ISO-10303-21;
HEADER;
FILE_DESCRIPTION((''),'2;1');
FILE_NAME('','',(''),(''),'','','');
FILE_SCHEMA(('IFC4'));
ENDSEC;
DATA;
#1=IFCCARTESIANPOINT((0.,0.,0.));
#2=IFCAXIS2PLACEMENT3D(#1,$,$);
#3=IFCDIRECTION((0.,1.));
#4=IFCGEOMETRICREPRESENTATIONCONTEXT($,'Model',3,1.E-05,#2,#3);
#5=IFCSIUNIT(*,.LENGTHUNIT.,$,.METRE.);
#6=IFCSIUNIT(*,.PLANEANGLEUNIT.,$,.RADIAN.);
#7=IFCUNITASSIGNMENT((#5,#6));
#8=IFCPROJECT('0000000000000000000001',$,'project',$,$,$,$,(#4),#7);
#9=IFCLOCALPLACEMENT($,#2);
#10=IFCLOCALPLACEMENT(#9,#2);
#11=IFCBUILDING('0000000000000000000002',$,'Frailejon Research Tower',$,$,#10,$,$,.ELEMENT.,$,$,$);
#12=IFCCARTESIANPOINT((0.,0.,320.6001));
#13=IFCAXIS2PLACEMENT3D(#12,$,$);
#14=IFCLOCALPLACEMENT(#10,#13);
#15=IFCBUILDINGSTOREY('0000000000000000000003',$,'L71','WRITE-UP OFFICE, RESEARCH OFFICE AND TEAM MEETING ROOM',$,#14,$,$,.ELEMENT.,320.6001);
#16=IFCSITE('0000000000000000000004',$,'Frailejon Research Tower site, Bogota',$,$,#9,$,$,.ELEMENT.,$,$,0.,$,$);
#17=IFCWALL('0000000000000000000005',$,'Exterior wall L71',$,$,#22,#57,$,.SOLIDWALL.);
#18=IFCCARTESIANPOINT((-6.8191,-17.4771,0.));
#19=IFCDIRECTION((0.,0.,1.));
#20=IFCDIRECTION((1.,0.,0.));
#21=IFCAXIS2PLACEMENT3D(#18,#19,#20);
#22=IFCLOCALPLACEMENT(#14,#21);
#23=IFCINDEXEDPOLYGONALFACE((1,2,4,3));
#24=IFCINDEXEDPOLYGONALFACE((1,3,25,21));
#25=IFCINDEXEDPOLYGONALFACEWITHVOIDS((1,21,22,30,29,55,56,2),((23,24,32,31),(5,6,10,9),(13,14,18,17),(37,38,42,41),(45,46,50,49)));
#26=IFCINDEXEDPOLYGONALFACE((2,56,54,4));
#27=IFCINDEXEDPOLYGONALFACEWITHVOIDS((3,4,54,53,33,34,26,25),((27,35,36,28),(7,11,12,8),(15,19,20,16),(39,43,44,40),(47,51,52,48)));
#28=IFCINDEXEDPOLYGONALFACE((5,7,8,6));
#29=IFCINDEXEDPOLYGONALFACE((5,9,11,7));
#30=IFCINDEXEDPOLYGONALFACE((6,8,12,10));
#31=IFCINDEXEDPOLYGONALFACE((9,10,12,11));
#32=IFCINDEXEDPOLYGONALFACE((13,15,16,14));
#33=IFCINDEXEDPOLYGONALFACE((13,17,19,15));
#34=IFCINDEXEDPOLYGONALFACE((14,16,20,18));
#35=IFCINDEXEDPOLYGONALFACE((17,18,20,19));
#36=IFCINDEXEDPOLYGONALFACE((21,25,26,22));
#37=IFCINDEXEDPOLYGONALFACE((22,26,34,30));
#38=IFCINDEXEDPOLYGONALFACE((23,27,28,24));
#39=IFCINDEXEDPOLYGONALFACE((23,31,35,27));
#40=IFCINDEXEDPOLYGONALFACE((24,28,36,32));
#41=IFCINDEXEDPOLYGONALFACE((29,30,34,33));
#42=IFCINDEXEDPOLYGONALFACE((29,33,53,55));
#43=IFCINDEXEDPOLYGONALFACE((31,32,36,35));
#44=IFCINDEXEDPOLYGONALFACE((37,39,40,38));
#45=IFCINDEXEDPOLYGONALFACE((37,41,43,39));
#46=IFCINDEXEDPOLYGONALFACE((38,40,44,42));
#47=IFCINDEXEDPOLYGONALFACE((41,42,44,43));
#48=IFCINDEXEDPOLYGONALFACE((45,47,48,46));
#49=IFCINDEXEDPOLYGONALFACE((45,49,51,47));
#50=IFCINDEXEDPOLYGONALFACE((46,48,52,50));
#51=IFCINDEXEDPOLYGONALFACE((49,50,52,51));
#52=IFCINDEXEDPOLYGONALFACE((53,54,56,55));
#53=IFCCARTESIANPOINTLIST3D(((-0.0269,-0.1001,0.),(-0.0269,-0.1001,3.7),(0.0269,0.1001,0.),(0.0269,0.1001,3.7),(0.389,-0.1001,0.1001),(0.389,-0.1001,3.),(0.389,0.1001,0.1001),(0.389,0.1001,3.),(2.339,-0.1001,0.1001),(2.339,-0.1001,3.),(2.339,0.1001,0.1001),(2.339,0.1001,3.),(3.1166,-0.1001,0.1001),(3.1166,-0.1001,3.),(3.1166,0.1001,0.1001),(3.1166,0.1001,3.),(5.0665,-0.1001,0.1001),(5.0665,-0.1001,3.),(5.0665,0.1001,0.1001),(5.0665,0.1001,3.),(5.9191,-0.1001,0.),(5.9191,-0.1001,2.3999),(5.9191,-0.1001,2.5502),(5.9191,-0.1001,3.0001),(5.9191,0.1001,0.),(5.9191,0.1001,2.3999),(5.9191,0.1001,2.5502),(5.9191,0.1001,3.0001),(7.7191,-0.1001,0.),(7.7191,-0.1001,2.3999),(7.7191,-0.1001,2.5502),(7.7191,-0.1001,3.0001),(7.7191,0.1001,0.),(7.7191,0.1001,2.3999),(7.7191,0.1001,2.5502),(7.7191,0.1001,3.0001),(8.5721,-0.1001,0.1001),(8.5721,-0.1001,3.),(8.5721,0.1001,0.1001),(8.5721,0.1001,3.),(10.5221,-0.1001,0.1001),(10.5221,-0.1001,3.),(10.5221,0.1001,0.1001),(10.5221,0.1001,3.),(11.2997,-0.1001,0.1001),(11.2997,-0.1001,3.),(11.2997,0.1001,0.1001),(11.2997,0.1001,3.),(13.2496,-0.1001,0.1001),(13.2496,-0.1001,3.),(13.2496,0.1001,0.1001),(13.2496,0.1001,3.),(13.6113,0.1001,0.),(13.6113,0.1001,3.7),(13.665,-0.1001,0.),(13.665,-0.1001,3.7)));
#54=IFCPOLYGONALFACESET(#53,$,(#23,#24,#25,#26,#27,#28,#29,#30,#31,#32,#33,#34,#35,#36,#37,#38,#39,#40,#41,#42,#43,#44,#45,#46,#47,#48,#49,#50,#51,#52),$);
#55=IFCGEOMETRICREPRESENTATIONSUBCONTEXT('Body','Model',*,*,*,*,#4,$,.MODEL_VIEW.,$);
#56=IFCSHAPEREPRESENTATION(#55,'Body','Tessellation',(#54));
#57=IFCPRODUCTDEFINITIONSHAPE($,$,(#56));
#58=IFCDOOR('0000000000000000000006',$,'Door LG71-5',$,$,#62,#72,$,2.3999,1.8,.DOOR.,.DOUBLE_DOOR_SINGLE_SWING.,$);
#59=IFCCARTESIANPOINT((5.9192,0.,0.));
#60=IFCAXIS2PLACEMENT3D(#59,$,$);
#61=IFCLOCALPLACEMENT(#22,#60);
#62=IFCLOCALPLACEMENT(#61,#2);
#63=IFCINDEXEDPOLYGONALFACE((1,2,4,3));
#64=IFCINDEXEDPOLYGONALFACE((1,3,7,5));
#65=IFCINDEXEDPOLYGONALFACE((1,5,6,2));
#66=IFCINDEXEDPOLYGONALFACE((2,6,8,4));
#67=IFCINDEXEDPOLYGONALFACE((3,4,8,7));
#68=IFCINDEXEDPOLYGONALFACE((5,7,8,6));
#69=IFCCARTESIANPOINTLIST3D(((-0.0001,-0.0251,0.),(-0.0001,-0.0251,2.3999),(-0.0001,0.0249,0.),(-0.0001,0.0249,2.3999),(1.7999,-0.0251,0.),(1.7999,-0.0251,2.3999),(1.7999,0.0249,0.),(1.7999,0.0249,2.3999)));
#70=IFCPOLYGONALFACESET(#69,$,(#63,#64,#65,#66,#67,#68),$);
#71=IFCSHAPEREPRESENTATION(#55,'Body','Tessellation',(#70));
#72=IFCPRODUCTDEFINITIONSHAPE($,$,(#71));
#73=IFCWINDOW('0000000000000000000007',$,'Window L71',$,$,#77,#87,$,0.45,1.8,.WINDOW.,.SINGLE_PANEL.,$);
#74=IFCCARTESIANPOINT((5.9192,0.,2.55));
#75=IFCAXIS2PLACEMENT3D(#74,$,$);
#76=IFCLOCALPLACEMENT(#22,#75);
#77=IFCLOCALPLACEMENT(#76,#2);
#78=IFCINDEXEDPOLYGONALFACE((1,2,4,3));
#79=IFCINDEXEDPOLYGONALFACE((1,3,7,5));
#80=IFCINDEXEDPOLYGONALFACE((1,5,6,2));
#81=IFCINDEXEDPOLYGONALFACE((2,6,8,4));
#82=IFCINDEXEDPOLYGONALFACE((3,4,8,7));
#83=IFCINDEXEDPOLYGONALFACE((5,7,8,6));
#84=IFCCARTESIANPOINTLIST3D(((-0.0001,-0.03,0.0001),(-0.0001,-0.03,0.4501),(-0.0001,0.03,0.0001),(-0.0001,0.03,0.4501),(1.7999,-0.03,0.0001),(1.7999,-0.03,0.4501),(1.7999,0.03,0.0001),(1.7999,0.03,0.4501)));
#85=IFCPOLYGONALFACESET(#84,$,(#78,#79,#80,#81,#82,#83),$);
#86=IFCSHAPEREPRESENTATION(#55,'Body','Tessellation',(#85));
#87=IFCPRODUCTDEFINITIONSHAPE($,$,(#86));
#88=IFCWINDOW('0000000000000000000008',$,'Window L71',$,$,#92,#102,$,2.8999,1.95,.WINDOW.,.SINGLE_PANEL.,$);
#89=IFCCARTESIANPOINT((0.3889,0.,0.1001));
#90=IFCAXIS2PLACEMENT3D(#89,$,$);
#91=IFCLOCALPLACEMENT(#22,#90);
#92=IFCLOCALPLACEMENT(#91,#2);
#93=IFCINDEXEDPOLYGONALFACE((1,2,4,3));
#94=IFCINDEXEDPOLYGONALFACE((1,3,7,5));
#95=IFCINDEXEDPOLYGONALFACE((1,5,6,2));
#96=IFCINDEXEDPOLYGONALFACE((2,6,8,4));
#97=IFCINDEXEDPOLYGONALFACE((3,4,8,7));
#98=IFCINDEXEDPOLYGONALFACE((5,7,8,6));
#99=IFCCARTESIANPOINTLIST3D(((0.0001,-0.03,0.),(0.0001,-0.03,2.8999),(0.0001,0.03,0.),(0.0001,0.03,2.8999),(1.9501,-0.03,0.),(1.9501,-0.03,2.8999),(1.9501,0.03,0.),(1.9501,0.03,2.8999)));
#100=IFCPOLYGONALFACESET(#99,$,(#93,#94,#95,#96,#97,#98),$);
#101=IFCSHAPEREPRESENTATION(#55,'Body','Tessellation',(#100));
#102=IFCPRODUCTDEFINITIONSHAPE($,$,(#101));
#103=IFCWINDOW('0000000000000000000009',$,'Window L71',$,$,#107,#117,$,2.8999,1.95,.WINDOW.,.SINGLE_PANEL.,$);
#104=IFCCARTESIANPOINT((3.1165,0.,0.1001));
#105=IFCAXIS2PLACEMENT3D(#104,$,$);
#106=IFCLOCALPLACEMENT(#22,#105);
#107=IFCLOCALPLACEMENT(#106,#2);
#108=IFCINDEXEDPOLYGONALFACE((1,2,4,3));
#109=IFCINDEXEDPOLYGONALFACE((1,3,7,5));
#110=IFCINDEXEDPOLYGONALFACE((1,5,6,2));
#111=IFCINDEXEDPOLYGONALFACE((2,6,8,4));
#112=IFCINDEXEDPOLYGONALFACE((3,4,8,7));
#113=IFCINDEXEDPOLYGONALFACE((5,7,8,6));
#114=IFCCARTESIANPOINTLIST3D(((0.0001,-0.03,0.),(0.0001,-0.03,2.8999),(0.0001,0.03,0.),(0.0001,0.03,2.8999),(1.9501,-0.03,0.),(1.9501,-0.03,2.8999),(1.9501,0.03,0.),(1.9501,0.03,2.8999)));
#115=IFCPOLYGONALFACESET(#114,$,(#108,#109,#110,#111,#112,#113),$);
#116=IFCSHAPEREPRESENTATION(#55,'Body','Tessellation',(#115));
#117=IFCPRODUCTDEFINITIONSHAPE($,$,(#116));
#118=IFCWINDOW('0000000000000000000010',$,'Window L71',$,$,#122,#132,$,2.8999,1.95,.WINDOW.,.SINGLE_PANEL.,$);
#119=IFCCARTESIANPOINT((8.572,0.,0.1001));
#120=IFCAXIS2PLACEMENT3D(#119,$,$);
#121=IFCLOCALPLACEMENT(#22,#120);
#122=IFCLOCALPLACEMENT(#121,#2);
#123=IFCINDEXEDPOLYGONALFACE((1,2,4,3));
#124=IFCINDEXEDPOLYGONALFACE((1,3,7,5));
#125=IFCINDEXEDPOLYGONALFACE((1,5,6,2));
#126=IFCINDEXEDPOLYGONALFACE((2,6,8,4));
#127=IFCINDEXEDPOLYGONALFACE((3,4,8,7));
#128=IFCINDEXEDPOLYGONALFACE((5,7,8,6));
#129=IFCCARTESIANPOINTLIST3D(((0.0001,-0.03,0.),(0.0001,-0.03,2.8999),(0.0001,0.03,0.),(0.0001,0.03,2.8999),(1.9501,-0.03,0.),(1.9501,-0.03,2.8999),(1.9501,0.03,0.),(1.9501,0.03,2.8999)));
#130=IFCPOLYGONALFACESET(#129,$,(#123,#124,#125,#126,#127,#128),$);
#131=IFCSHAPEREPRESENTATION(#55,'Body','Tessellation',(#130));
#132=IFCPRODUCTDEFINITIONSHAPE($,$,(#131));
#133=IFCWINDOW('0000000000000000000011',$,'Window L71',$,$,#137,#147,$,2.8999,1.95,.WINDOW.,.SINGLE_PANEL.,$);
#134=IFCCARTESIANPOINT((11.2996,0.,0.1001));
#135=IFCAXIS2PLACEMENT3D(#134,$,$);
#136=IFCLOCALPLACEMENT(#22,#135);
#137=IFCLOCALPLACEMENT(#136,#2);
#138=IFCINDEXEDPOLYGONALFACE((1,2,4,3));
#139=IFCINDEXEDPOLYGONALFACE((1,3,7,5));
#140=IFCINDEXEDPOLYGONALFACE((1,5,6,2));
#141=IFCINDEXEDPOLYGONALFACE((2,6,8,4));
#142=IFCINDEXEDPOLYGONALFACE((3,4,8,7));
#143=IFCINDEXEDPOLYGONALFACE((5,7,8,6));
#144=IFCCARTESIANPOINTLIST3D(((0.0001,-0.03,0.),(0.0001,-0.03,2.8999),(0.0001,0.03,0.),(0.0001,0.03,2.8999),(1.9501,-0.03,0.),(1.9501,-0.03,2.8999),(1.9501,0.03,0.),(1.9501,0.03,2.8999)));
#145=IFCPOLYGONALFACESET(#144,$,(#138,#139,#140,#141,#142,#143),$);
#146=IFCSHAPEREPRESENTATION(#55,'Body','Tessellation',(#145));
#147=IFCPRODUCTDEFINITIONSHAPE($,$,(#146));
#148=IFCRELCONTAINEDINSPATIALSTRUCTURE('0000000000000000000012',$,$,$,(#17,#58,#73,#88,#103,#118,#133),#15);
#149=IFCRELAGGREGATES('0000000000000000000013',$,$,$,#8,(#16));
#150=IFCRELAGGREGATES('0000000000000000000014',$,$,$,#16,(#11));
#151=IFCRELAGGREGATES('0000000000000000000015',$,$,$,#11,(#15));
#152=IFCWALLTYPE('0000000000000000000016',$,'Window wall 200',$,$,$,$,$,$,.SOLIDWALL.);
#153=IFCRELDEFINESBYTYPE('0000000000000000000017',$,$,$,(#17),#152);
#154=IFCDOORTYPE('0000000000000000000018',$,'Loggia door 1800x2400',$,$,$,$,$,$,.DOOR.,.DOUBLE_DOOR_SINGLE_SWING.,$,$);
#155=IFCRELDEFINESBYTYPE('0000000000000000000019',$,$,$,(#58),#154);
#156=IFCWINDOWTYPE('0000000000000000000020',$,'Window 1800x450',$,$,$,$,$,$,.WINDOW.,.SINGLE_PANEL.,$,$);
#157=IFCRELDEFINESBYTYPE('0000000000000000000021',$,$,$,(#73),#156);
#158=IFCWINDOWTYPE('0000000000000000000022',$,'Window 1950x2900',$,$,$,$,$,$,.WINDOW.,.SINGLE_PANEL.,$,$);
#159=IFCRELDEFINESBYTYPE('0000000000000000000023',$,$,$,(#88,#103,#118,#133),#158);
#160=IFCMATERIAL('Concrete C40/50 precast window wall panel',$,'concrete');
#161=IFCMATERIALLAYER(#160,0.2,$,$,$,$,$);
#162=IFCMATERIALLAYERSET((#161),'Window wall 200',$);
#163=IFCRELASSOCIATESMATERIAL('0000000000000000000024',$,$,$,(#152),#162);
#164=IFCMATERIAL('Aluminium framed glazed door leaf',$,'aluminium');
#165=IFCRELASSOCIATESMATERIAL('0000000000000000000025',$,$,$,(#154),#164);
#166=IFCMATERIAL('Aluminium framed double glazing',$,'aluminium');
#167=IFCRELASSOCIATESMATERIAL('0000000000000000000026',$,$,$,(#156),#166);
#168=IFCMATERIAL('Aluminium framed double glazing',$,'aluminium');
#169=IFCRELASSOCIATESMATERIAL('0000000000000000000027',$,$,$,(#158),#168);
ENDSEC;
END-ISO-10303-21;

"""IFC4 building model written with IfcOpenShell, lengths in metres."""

from ifc_helpers import new_model, si_unit, direction, frame, frame_2d, origin, place, context, subcontext, project, spatial, polyline, rectangle, outline, extrude, material, layer, layer_set, type_object, element, fill, save


model = new_model("IFC4")

# Units and contexts
model_context = context("Model", 3, precision=1e-05, world=origin(), true_north=direction((0.0, 1.0)))
body_context = subcontext(model_context, "Body", "Model", "MODEL_VIEW")
ifc_project = project(units=[si_unit("LENGTHUNIT", "METRE"), si_unit("PLANEANGLEUNIT", "RADIAN")], contexts=[model_context])

# Site, building, storey
site_placement = place(None, origin())
site = spatial("IfcSite", under=ifc_project, at=site_placement, Name="Frailejon Research Tower site, Bogota", CompositionType="ELEMENT", RefElevation=0.0)
building_placement = place(site_placement, origin())
building = spatial("IfcBuilding", under=site, at=building_placement, Name="Frailejon Research Tower", CompositionType="ELEMENT")
storey_placement = place(building_placement, frame((0.0, 0.0, 320.6001)))
storey = spatial("IfcBuildingStorey", under=building, at=storey_placement, Name="L71", Description="WRITE-UP OFFICE, RESEARCH OFFICE AND TEAM MEETING ROOM", CompositionType="ELEMENT", Elevation=320.6001)

# Wall, openings, door, windows
ifc_material_1 = material(Name="Concrete C40/50 precast window wall panel", Category="concrete")
ifc_layer_1 = layer(ifc_material_1, 0.2)
ifc_layer_set_1 = layer_set([ifc_layer_1], Name="Window wall 200")
wall_type_1 = type_object("IfcWallType", Name="Window wall 200", PredefinedType="SOLIDWALL", material=ifc_layer_set_1)
wall_1_placement = place(storey_placement, frame((-6.8191, -17.4771, 0.0), z_axis=(0.0, 0.0, 1.0), x_axis=(1.0, 0.0, 0.0)))
wall_1 = element("IfcWall", 1, at=wall_1_placement, inside=storey, type_object=wall_type_1, Name="Exterior wall L71", PredefinedType="SOLIDWALL", context=body_context, shape_type="SweptSolid", body=[
    extrude(outline(polyline([(-0.0269, -0.1001), (1.0264, -0.1001), (2.0796, -0.1001), (3.1328, -0.1001), (4.186, -0.1001), (5.2393, -0.1001), (6.2925, -0.1001), (7.3457, -0.1001), (8.3989, -0.1001), (9.4521, -0.1001), (10.5054, -0.1001), (11.5586, -0.1001), (12.6118, -0.1001), (13.665, -0.1001), (13.6113, 0.1001), (12.5664, 0.1001), (11.5215, 0.1001), (10.4766, 0.1001), (9.4314, 0.1001), (8.3865, 0.1001), (7.3416, 0.1001), (6.2966, 0.1001), (5.2517, 0.1001), (4.2068, 0.1001), (3.1616, 0.1001), (2.1167, 0.1001), (1.0718, 0.1001), (0.0269, 0.1001), (-0.0269, -0.1001)])), origin(), (0.0, 0.0, 1.0), 3.7),
])
opening_1_placement = place(wall_1_placement, frame((0.3889, 0.0, 0.1001)))
opening_1 = element("IfcOpeningElement", 2, at=opening_1_placement, cuts=wall_1, PredefinedType="OPENING", context=body_context, shape_type="SweptSolid", body=[
    extrude(rectangle(XDim=1.95, YDim=2.8999, at=frame_2d((0.9751, 1.45))), frame((0.0, 0.1099, 0.0), z_axis=(0.0, -1.0, 0.0), x_axis=(1.0, 0.0, 0.0)), (0.0, 0.0, 1.0), 0.22),
])
opening_2_placement = place(wall_1_placement, frame((3.1165, 0.0, 0.1001)))
opening_2 = element("IfcOpeningElement", 3, at=opening_2_placement, cuts=wall_1, PredefinedType="OPENING", context=body_context, shape_type="SweptSolid", body=[
    extrude(rectangle(XDim=1.95, YDim=2.8999, at=frame_2d((0.9751, 1.45))), frame((0.0, 0.1099, 0.0), z_axis=(0.0, -1.0, 0.0), x_axis=(1.0, 0.0, 0.0)), (0.0, 0.0, 1.0), 0.22),
])
opening_3_placement = place(wall_1_placement, frame((5.9192, 0.0, 0.0)))
opening_3 = element("IfcOpeningElement", 4, at=opening_3_placement, cuts=wall_1, PredefinedType="OPENING", context=body_context, shape_type="SweptSolid", body=[
    extrude(rectangle(XDim=1.8, YDim=2.3999, at=frame_2d((0.8999, 1.2))), frame((0.0, 0.1099, 0.0), z_axis=(0.0, -1.0, 0.0), x_axis=(1.0, 0.0, 0.0)), (0.0, 0.0, 1.0), 0.22),
])
opening_4_placement = place(wall_1_placement, frame((5.9192, 0.0, 2.55)))
opening_4 = element("IfcOpeningElement", 5, at=opening_4_placement, cuts=wall_1, PredefinedType="OPENING", context=body_context, shape_type="SweptSolid", body=[
    extrude(rectangle(XDim=1.8, YDim=0.45, at=frame_2d((0.8999, 0.2251))), frame((0.0, 0.1099, 0.0), z_axis=(0.0, -1.0, 0.0), x_axis=(1.0, 0.0, 0.0)), (0.0, 0.0, 1.0), 0.22),
])
opening_5_placement = place(wall_1_placement, frame((8.572, 0.0, 0.1001)))
opening_5 = element("IfcOpeningElement", 6, at=opening_5_placement, cuts=wall_1, PredefinedType="OPENING", context=body_context, shape_type="SweptSolid", body=[
    extrude(rectangle(XDim=1.95, YDim=2.8999, at=frame_2d((0.9751, 1.45))), frame((0.0, 0.1099, 0.0), z_axis=(0.0, -1.0, 0.0), x_axis=(1.0, 0.0, 0.0)), (0.0, 0.0, 1.0), 0.22),
])
opening_6_placement = place(wall_1_placement, frame((11.2996, 0.0, 0.1001)))
opening_6 = element("IfcOpeningElement", 7, at=opening_6_placement, cuts=wall_1, PredefinedType="OPENING", context=body_context, shape_type="SweptSolid", body=[
    extrude(rectangle(XDim=1.95, YDim=2.8999, at=frame_2d((0.9751, 1.45))), frame((0.0, 0.1099, 0.0), z_axis=(0.0, -1.0, 0.0), x_axis=(1.0, 0.0, 0.0)), (0.0, 0.0, 1.0), 0.22),
])
ifc_material_2 = material(Name="Aluminium framed glazed door leaf", Category="aluminium")
door_type = type_object("IfcDoorType", Name="Loggia door 1800x2400", OperationType="DOUBLE_DOOR_SINGLE_SWING", PredefinedType="DOOR", material=ifc_material_2)
door_placement = place(opening_3_placement, origin())
door = element("IfcDoor", 8, at=door_placement, inside=storey, type_object=door_type, Name="Door LG71-5", OperationType="DOUBLE_DOOR_SINGLE_SWING", OverallHeight=2.3999, OverallWidth=1.8, PredefinedType="DOOR", context=body_context, shape_type="SweptSolid", body=[
    extrude(rectangle(XDim=1.8, YDim=2.3999, at=frame_2d((0.8999, 1.2))), frame((0.0, 0.0249, 0.0), z_axis=(0.0, -1.0, 0.0), x_axis=(1.0, 0.0, 0.0)), (0.0, 0.0, 1.0), 0.05),
])
fill(opening_3, door)
ifc_material_3 = material(Name="Aluminium framed double glazing", Category="aluminium")
window_type_1 = type_object("IfcWindowType", Name="Window 1800x450", PartitioningType="SINGLE_PANEL", PredefinedType="WINDOW", material=ifc_material_3)
window_1_placement = place(opening_4_placement, origin())
window_1 = element("IfcWindow", 9, at=window_1_placement, inside=storey, type_object=window_type_1, Name="Window L71", OverallHeight=0.45, OverallWidth=1.8, PartitioningType="SINGLE_PANEL", PredefinedType="WINDOW", context=body_context, shape_type="SweptSolid", body=[
    extrude(rectangle(XDim=1.8, YDim=0.45, at=frame_2d((0.8999, 0.2251))), frame((0.0, 0.03, 0.0), z_axis=(0.0, -1.0, 0.0), x_axis=(1.0, 0.0, 0.0)), (0.0, 0.0, 1.0), 0.0601),
])
fill(opening_4, window_1)
ifc_material_4 = material(Name="Aluminium framed double glazing", Category="aluminium")
window_type_2 = type_object("IfcWindowType", Name="Window 1950x2900", PartitioningType="SINGLE_PANEL", PredefinedType="WINDOW", material=ifc_material_4)
window_2_placement = place(opening_1_placement, origin())
window_2 = element("IfcWindow", 10, at=window_2_placement, inside=storey, type_object=window_type_2, Name="Window L71", OverallHeight=2.8999, OverallWidth=1.95, PartitioningType="SINGLE_PANEL", PredefinedType="WINDOW", context=body_context, shape_type="SweptSolid", body=[
    extrude(rectangle(XDim=1.95, YDim=2.8999, at=frame_2d((0.9751, 1.45))), frame((0.0, 0.03, 0.0), z_axis=(0.0, -1.0, 0.0), x_axis=(1.0, 0.0, 0.0)), (0.0, 0.0, 1.0), 0.0601),
])
fill(opening_1, window_2)
window_3_placement = place(opening_2_placement, origin())
window_3 = element("IfcWindow", 11, at=window_3_placement, inside=storey, type_object=window_type_2, Name="Window L71", OverallHeight=2.8999, OverallWidth=1.95, PartitioningType="SINGLE_PANEL", PredefinedType="WINDOW", context=body_context, shape_type="SweptSolid", body=[
    extrude(rectangle(XDim=1.95, YDim=2.8999, at=frame_2d((0.9751, 1.45))), frame((0.0, 0.03, 0.0), z_axis=(0.0, -1.0, 0.0), x_axis=(1.0, 0.0, 0.0)), (0.0, 0.0, 1.0), 0.0601),
])
fill(opening_2, window_3)
window_4_placement = place(opening_5_placement, origin())
window_4 = element("IfcWindow", 12, at=window_4_placement, inside=storey, type_object=window_type_2, Name="Window L71", OverallHeight=2.8999, OverallWidth=1.95, PartitioningType="SINGLE_PANEL", PredefinedType="WINDOW", context=body_context, shape_type="SweptSolid", body=[
    extrude(rectangle(XDim=1.95, YDim=2.8999, at=frame_2d((0.9751, 1.45))), frame((0.0, 0.03, 0.0), z_axis=(0.0, -1.0, 0.0), x_axis=(1.0, 0.0, 0.0)), (0.0, 0.0, 1.0), 0.0601),
])
fill(opening_5, window_4)
window_5_placement = place(opening_6_placement, origin())
window_5 = element("IfcWindow", 13, at=window_5_placement, inside=storey, type_object=window_type_2, Name="Window L71", OverallHeight=2.8999, OverallWidth=1.95, PartitioningType="SINGLE_PANEL", PredefinedType="WINDOW", context=body_context, shape_type="SweptSolid", body=[
    extrude(rectangle(XDim=1.95, YDim=2.8999, at=frame_2d((0.9751, 1.45))), frame((0.0, 0.03, 0.0), z_axis=(0.0, -1.0, 0.0), x_axis=(1.0, 0.0, 0.0)), (0.0, 0.0, 1.0), 0.0601),
])
fill(opening_6, window_5)

save(model, "model.ifc")
